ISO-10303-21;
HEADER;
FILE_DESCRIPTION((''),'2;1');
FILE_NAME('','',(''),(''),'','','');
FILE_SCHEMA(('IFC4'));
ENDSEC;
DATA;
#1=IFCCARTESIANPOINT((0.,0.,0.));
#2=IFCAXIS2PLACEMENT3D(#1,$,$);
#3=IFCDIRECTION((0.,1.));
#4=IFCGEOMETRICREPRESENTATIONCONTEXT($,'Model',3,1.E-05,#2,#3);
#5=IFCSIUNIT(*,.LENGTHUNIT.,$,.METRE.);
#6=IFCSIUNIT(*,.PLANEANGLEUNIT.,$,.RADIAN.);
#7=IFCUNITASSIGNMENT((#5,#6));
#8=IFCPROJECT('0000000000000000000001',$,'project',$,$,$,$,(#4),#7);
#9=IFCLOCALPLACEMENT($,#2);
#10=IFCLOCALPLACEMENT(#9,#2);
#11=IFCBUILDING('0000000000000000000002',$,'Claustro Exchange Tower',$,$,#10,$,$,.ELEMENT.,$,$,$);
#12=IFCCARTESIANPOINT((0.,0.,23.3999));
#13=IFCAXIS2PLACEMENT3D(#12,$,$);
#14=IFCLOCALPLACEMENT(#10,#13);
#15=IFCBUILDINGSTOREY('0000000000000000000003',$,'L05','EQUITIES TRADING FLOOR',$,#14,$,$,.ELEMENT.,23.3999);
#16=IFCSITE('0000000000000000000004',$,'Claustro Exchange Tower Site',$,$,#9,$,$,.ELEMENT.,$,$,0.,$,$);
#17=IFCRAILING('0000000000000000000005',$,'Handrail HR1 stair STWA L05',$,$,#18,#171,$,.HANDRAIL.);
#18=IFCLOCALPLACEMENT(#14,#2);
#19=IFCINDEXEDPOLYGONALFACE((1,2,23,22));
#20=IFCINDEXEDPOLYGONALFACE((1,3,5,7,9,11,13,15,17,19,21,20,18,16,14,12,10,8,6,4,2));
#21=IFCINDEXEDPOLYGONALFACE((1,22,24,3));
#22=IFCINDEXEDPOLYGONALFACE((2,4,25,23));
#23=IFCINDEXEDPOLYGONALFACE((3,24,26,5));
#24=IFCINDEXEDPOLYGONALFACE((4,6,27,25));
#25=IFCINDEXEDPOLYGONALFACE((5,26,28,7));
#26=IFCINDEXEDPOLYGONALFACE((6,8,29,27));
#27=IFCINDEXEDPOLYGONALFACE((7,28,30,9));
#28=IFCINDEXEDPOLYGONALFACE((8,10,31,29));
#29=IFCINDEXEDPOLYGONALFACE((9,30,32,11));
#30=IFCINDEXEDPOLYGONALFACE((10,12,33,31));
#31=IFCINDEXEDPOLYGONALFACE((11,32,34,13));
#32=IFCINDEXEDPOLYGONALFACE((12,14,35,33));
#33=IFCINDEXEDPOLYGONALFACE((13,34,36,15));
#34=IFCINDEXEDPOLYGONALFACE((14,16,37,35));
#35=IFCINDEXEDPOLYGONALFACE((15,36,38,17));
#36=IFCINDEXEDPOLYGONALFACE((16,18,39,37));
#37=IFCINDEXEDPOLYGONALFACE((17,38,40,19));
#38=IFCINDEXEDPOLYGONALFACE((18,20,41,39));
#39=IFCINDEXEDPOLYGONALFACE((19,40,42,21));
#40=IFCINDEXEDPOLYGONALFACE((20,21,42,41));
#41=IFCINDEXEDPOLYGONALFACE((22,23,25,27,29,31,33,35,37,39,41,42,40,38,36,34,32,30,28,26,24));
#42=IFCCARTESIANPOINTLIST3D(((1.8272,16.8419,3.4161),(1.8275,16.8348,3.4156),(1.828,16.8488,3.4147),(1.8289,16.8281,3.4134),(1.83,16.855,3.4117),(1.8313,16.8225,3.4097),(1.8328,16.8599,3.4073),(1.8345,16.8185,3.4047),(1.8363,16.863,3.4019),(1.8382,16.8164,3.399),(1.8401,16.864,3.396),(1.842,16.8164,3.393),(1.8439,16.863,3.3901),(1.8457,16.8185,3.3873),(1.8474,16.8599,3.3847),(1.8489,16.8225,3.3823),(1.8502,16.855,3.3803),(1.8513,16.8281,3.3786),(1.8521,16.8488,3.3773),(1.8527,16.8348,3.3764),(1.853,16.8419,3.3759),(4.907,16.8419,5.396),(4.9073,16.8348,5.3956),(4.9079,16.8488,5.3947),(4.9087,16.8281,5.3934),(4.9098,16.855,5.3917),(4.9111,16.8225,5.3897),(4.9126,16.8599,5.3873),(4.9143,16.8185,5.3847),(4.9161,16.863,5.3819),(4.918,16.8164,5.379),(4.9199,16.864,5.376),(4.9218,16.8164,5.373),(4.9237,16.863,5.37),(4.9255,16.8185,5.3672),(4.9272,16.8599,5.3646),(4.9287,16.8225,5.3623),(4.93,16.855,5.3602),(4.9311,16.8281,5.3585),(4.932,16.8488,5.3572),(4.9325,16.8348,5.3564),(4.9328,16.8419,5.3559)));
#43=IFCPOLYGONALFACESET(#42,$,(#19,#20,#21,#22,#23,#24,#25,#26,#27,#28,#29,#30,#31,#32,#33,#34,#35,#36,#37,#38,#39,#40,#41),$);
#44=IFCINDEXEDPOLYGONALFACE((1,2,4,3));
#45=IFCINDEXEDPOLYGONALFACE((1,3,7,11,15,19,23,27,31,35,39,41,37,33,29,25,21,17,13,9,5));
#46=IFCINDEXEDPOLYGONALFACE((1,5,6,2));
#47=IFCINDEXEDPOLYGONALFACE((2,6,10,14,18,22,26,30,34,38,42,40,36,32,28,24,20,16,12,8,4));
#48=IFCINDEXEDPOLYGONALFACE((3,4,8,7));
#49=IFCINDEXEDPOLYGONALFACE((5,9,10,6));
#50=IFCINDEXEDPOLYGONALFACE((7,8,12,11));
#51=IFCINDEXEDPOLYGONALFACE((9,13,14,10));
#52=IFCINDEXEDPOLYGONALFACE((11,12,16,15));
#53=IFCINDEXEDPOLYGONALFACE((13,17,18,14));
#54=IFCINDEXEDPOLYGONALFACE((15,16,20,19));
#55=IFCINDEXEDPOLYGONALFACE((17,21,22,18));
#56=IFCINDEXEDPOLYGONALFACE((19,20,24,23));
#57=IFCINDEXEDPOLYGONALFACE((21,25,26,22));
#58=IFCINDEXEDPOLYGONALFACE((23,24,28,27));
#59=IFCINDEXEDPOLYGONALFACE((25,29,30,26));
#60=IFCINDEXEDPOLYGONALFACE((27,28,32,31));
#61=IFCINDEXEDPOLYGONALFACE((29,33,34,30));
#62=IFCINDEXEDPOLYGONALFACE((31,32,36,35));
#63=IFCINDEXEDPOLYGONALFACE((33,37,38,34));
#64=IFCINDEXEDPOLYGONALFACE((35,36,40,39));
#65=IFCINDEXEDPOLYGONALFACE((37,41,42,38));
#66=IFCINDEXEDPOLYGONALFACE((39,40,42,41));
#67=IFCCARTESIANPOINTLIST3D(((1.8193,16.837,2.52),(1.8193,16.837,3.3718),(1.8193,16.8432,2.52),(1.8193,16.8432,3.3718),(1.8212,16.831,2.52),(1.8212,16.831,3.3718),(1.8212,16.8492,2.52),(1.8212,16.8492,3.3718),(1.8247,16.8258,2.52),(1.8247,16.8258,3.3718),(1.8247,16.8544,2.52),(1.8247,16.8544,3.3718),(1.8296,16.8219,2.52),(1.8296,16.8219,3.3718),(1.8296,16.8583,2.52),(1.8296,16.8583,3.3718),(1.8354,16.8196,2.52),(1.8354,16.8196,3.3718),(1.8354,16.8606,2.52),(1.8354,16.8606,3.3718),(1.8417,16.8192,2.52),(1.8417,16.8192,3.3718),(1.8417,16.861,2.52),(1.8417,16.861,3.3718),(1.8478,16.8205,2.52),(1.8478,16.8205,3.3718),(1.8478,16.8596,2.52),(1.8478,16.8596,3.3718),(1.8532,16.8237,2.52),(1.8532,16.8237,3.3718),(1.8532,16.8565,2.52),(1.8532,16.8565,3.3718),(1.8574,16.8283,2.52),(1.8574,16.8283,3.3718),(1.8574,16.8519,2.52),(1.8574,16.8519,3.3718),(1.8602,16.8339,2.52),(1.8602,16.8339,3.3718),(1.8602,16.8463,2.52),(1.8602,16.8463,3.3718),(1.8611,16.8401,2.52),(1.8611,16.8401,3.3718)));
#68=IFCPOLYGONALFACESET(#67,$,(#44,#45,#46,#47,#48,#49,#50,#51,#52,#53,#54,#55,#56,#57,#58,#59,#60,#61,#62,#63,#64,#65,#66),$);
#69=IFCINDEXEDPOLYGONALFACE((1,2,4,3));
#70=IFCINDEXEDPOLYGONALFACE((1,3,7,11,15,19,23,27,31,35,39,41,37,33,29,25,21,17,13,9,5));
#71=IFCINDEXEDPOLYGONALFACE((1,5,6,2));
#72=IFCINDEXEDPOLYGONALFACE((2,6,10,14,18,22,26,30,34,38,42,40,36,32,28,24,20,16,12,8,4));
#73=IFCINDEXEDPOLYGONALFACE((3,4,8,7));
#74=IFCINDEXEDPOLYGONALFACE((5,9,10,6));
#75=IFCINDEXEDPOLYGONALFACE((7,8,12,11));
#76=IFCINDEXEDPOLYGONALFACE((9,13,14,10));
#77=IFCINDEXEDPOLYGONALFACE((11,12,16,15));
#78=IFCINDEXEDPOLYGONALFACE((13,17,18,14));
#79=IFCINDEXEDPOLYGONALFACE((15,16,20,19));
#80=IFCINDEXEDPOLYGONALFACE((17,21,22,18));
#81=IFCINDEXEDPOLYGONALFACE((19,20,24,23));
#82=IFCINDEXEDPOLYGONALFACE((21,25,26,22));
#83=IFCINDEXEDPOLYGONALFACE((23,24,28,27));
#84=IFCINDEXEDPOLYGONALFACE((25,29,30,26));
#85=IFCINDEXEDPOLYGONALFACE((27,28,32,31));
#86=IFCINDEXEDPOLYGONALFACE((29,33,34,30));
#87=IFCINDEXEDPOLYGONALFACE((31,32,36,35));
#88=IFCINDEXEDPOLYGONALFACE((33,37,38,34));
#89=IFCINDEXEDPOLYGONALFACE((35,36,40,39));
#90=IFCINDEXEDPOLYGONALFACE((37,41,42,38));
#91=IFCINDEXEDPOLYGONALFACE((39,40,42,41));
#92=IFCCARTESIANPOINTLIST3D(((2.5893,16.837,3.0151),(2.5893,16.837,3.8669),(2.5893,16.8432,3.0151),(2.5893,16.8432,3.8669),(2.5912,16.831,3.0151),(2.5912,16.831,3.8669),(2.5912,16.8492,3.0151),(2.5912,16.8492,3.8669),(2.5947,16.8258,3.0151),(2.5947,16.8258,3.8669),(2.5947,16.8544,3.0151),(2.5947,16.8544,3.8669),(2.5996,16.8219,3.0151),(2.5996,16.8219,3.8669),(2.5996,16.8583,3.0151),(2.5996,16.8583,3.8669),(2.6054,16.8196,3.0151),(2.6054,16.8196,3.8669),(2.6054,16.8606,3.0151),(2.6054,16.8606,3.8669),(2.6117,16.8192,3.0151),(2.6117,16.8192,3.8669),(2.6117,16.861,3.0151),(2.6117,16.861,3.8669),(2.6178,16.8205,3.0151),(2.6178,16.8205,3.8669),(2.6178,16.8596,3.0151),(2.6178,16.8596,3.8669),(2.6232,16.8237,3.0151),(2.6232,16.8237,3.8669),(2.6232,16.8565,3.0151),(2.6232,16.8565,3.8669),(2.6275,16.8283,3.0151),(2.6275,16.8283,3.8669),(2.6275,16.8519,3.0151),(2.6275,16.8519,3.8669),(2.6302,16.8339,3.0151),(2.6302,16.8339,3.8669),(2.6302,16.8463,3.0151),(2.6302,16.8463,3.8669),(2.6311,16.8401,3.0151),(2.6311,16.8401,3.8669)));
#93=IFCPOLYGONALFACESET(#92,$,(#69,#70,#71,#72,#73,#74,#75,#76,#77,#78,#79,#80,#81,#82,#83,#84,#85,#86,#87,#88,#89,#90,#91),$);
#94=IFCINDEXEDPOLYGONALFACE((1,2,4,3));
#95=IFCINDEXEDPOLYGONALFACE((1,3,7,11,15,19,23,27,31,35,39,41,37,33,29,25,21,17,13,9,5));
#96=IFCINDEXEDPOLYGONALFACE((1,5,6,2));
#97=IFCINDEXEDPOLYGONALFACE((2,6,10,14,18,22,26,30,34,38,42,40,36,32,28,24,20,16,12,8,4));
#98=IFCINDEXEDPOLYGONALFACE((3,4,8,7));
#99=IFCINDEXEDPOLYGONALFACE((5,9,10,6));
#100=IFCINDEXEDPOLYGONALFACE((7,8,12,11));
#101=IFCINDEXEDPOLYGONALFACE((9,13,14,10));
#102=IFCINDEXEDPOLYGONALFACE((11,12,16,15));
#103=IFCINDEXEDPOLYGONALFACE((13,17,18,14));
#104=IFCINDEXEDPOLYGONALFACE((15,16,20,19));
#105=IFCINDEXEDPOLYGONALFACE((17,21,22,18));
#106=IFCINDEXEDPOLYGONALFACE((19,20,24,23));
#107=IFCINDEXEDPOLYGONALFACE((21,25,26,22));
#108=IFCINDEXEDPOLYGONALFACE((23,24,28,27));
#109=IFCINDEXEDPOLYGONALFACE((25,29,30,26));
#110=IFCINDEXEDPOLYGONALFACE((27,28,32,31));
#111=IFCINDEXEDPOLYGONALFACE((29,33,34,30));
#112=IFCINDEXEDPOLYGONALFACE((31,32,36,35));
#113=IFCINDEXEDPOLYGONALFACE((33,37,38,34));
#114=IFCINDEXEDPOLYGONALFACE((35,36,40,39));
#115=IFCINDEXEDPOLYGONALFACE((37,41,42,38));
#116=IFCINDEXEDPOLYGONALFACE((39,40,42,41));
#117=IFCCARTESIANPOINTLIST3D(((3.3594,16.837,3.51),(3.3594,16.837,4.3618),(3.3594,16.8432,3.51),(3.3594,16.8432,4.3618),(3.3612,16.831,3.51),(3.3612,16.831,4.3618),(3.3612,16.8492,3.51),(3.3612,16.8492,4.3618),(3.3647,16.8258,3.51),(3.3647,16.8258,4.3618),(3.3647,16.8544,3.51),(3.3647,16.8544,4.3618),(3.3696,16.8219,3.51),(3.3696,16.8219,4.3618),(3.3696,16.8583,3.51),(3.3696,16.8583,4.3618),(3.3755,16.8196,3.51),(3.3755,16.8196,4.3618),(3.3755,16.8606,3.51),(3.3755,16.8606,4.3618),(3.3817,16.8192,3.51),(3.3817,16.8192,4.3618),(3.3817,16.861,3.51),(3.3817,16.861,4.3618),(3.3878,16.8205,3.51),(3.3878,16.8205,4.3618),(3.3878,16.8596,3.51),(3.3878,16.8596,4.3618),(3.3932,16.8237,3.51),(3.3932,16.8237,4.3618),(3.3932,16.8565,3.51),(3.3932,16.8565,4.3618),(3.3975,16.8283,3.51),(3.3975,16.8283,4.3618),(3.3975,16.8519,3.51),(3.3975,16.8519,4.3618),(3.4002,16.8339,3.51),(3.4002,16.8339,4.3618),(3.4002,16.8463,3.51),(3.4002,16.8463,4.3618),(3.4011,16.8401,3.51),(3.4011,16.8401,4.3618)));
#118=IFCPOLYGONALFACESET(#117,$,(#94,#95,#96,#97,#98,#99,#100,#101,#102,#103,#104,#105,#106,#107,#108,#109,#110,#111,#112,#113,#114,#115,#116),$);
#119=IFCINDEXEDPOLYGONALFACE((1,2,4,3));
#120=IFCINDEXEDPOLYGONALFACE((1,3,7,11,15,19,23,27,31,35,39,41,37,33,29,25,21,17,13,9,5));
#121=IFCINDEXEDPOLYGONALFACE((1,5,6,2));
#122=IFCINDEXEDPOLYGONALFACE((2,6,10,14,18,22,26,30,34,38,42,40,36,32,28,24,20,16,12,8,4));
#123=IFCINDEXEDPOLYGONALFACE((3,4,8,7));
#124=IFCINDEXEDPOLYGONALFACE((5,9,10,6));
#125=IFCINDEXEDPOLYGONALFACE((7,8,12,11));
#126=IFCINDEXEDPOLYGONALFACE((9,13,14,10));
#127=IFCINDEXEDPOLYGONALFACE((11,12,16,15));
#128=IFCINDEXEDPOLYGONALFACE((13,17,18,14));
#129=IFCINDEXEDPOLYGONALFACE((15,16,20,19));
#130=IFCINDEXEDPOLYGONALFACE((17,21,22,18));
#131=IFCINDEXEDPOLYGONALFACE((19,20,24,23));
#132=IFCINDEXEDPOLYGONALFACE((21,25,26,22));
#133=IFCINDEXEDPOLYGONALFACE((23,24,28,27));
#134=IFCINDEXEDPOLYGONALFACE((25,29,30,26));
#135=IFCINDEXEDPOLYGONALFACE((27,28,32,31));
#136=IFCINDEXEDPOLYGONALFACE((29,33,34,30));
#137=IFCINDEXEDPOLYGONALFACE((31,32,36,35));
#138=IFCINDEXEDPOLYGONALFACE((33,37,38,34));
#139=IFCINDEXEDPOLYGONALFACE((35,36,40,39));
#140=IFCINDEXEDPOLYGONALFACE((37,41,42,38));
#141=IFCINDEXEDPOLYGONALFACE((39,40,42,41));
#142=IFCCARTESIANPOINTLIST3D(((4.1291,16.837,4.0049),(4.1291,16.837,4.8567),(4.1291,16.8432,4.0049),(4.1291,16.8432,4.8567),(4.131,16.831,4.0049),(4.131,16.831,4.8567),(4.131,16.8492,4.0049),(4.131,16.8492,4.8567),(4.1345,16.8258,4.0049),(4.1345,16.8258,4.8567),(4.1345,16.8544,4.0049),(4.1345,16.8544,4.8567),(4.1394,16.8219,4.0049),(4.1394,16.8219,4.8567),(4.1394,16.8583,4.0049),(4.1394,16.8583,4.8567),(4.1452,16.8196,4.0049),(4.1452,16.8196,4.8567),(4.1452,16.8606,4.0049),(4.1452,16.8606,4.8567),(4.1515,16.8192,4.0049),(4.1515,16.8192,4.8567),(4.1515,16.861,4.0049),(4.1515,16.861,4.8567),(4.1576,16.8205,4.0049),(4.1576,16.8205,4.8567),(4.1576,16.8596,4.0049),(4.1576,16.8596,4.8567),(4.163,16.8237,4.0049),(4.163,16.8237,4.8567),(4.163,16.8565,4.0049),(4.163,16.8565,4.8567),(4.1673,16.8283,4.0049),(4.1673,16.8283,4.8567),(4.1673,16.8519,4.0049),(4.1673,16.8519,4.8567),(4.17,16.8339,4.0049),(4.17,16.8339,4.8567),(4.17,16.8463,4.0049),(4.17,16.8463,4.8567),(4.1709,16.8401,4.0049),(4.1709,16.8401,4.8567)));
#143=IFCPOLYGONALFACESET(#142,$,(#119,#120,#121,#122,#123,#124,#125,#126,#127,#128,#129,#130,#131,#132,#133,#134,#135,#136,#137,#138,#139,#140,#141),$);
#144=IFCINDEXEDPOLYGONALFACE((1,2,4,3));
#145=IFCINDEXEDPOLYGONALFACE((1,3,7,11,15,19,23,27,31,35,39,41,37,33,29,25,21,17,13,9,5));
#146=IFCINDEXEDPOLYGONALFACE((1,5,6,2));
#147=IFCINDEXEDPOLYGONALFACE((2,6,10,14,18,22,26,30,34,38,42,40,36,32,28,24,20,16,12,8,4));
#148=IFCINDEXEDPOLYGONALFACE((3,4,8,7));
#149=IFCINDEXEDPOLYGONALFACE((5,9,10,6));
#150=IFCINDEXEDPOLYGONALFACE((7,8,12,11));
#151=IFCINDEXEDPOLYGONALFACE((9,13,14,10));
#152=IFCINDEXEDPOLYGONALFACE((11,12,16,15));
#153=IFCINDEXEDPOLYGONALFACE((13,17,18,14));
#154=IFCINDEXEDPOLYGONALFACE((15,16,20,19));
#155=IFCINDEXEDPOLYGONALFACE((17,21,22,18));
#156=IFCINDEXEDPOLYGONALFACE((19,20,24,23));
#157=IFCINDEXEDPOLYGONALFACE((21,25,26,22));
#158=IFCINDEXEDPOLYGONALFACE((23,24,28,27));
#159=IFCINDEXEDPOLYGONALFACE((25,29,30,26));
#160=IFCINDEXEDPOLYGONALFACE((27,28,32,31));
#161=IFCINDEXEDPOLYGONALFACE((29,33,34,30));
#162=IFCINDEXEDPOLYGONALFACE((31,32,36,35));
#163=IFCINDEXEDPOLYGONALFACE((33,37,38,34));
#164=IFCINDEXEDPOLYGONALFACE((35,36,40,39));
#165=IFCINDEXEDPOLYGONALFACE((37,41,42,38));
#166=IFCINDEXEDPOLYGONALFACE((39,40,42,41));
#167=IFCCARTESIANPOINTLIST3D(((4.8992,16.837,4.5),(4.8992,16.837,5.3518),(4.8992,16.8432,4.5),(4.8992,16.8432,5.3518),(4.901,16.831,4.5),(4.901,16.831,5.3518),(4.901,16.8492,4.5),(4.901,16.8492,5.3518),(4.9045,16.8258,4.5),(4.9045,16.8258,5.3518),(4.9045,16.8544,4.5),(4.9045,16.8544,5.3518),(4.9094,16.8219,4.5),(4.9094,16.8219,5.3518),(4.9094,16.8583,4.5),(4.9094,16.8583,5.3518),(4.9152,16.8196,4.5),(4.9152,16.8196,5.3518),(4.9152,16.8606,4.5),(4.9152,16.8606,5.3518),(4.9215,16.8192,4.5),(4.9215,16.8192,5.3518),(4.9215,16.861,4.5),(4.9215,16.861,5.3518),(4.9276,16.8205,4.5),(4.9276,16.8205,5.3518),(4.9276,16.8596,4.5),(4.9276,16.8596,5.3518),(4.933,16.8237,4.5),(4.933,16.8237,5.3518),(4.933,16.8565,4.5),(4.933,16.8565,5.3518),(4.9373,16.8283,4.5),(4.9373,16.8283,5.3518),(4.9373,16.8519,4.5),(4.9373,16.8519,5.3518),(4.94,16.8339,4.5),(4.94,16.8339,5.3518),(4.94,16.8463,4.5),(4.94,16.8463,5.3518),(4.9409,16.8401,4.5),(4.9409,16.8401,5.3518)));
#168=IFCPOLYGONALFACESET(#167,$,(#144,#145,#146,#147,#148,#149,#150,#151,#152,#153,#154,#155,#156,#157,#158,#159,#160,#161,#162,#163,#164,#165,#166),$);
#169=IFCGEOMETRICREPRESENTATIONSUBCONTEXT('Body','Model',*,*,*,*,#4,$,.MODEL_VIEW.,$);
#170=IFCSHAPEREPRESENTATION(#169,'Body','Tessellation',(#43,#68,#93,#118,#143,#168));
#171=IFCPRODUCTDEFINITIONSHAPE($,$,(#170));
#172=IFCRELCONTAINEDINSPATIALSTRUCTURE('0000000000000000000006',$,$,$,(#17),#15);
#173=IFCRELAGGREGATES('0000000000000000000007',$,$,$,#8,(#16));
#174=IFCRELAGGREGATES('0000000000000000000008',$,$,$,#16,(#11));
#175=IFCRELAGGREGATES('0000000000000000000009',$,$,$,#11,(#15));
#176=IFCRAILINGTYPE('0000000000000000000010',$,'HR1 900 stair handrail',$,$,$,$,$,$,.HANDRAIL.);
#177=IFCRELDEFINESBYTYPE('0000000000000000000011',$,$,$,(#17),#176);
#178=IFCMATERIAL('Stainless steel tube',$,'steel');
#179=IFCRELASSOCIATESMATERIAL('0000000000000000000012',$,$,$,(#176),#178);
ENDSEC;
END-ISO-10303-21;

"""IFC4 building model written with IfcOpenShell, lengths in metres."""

from ifc_helpers import new_model, si_unit, direction, frame, origin, origin_2d, place, context, subcontext, project, spatial, circle, extrude, material, type_object, element, save


model = new_model("IFC4")

# Units and contexts
model_context = context("Model", 3, precision=1e-05, world=origin(), true_north=direction((0.0, 1.0)))
body_context = subcontext(model_context, "Body", "Model", "MODEL_VIEW")
ifc_project = project(units=[si_unit("LENGTHUNIT", "METRE"), si_unit("PLANEANGLEUNIT", "RADIAN")], contexts=[model_context])

# Site, building, storey
site_placement = place(None, origin())
site = spatial("IfcSite", under=ifc_project, at=site_placement, Name="Claustro Exchange Tower Site", CompositionType="ELEMENT", RefElevation=0.0)
building_placement = place(site_placement, origin())
building = spatial("IfcBuilding", under=site, at=building_placement, Name="Claustro Exchange Tower", CompositionType="ELEMENT")
storey_placement = place(building_placement, frame((0.0, 0.0, 23.3999)))
storey = spatial("IfcBuildingStorey", under=building, at=storey_placement, Name="L05", Description="EQUITIES TRADING FLOOR", CompositionType="ELEMENT", Elevation=23.3999)

# Railing
ifc_material_1 = material(Name="Stainless steel tube", Category="steel")
railing_type_1 = type_object("IfcRailingType", Name="HR1 900 stair handrail", PredefinedType="HANDRAIL", material=ifc_material_1)
railing_1_placement = place(storey_placement, frame((1.8401, 16.8401, 2.52)))
element("IfcRailing", 1, at=railing_1_placement, inside=storey, type_object=railing_type_1, Name="Handrail HR1 stair STWA L05", PredefinedType="HANDRAIL", context=body_context, shape_type="SweptSolid", body=[
    extrude(circle(Radius=0.0239, at=origin_2d()), frame((0.0, 0.0, 0.876), z_axis=(0.841168, 0.0, 0.540774), x_axis=(0.0, 1.0, 0.0)), (0.0, 0.0, 1.0), 3.6614),
    extrude(circle(Radius=0.021, at=origin_2d()), origin(), (0.0, 0.0, 1.0), 0.8518),
    extrude(circle(Radius=0.021, at=origin_2d()), frame((0.77, 0.0, 0.4951)), (0.0, 0.0, 1.0), 0.8518),
    extrude(circle(Radius=0.021, at=origin_2d()), frame((1.54, 0.0, 0.99)), (0.0, 0.0, 1.0), 0.8518),
    extrude(circle(Radius=0.021, at=origin_2d()), frame((2.3098, 0.0, 1.4849)), (0.0, 0.0, 1.0), 0.8518),
    extrude(circle(Radius=0.021, at=origin_2d()), frame((3.0798, 0.0, 1.98)), (0.0, 0.0, 1.0), 0.8518),
])

save(model, "model.ifc")
